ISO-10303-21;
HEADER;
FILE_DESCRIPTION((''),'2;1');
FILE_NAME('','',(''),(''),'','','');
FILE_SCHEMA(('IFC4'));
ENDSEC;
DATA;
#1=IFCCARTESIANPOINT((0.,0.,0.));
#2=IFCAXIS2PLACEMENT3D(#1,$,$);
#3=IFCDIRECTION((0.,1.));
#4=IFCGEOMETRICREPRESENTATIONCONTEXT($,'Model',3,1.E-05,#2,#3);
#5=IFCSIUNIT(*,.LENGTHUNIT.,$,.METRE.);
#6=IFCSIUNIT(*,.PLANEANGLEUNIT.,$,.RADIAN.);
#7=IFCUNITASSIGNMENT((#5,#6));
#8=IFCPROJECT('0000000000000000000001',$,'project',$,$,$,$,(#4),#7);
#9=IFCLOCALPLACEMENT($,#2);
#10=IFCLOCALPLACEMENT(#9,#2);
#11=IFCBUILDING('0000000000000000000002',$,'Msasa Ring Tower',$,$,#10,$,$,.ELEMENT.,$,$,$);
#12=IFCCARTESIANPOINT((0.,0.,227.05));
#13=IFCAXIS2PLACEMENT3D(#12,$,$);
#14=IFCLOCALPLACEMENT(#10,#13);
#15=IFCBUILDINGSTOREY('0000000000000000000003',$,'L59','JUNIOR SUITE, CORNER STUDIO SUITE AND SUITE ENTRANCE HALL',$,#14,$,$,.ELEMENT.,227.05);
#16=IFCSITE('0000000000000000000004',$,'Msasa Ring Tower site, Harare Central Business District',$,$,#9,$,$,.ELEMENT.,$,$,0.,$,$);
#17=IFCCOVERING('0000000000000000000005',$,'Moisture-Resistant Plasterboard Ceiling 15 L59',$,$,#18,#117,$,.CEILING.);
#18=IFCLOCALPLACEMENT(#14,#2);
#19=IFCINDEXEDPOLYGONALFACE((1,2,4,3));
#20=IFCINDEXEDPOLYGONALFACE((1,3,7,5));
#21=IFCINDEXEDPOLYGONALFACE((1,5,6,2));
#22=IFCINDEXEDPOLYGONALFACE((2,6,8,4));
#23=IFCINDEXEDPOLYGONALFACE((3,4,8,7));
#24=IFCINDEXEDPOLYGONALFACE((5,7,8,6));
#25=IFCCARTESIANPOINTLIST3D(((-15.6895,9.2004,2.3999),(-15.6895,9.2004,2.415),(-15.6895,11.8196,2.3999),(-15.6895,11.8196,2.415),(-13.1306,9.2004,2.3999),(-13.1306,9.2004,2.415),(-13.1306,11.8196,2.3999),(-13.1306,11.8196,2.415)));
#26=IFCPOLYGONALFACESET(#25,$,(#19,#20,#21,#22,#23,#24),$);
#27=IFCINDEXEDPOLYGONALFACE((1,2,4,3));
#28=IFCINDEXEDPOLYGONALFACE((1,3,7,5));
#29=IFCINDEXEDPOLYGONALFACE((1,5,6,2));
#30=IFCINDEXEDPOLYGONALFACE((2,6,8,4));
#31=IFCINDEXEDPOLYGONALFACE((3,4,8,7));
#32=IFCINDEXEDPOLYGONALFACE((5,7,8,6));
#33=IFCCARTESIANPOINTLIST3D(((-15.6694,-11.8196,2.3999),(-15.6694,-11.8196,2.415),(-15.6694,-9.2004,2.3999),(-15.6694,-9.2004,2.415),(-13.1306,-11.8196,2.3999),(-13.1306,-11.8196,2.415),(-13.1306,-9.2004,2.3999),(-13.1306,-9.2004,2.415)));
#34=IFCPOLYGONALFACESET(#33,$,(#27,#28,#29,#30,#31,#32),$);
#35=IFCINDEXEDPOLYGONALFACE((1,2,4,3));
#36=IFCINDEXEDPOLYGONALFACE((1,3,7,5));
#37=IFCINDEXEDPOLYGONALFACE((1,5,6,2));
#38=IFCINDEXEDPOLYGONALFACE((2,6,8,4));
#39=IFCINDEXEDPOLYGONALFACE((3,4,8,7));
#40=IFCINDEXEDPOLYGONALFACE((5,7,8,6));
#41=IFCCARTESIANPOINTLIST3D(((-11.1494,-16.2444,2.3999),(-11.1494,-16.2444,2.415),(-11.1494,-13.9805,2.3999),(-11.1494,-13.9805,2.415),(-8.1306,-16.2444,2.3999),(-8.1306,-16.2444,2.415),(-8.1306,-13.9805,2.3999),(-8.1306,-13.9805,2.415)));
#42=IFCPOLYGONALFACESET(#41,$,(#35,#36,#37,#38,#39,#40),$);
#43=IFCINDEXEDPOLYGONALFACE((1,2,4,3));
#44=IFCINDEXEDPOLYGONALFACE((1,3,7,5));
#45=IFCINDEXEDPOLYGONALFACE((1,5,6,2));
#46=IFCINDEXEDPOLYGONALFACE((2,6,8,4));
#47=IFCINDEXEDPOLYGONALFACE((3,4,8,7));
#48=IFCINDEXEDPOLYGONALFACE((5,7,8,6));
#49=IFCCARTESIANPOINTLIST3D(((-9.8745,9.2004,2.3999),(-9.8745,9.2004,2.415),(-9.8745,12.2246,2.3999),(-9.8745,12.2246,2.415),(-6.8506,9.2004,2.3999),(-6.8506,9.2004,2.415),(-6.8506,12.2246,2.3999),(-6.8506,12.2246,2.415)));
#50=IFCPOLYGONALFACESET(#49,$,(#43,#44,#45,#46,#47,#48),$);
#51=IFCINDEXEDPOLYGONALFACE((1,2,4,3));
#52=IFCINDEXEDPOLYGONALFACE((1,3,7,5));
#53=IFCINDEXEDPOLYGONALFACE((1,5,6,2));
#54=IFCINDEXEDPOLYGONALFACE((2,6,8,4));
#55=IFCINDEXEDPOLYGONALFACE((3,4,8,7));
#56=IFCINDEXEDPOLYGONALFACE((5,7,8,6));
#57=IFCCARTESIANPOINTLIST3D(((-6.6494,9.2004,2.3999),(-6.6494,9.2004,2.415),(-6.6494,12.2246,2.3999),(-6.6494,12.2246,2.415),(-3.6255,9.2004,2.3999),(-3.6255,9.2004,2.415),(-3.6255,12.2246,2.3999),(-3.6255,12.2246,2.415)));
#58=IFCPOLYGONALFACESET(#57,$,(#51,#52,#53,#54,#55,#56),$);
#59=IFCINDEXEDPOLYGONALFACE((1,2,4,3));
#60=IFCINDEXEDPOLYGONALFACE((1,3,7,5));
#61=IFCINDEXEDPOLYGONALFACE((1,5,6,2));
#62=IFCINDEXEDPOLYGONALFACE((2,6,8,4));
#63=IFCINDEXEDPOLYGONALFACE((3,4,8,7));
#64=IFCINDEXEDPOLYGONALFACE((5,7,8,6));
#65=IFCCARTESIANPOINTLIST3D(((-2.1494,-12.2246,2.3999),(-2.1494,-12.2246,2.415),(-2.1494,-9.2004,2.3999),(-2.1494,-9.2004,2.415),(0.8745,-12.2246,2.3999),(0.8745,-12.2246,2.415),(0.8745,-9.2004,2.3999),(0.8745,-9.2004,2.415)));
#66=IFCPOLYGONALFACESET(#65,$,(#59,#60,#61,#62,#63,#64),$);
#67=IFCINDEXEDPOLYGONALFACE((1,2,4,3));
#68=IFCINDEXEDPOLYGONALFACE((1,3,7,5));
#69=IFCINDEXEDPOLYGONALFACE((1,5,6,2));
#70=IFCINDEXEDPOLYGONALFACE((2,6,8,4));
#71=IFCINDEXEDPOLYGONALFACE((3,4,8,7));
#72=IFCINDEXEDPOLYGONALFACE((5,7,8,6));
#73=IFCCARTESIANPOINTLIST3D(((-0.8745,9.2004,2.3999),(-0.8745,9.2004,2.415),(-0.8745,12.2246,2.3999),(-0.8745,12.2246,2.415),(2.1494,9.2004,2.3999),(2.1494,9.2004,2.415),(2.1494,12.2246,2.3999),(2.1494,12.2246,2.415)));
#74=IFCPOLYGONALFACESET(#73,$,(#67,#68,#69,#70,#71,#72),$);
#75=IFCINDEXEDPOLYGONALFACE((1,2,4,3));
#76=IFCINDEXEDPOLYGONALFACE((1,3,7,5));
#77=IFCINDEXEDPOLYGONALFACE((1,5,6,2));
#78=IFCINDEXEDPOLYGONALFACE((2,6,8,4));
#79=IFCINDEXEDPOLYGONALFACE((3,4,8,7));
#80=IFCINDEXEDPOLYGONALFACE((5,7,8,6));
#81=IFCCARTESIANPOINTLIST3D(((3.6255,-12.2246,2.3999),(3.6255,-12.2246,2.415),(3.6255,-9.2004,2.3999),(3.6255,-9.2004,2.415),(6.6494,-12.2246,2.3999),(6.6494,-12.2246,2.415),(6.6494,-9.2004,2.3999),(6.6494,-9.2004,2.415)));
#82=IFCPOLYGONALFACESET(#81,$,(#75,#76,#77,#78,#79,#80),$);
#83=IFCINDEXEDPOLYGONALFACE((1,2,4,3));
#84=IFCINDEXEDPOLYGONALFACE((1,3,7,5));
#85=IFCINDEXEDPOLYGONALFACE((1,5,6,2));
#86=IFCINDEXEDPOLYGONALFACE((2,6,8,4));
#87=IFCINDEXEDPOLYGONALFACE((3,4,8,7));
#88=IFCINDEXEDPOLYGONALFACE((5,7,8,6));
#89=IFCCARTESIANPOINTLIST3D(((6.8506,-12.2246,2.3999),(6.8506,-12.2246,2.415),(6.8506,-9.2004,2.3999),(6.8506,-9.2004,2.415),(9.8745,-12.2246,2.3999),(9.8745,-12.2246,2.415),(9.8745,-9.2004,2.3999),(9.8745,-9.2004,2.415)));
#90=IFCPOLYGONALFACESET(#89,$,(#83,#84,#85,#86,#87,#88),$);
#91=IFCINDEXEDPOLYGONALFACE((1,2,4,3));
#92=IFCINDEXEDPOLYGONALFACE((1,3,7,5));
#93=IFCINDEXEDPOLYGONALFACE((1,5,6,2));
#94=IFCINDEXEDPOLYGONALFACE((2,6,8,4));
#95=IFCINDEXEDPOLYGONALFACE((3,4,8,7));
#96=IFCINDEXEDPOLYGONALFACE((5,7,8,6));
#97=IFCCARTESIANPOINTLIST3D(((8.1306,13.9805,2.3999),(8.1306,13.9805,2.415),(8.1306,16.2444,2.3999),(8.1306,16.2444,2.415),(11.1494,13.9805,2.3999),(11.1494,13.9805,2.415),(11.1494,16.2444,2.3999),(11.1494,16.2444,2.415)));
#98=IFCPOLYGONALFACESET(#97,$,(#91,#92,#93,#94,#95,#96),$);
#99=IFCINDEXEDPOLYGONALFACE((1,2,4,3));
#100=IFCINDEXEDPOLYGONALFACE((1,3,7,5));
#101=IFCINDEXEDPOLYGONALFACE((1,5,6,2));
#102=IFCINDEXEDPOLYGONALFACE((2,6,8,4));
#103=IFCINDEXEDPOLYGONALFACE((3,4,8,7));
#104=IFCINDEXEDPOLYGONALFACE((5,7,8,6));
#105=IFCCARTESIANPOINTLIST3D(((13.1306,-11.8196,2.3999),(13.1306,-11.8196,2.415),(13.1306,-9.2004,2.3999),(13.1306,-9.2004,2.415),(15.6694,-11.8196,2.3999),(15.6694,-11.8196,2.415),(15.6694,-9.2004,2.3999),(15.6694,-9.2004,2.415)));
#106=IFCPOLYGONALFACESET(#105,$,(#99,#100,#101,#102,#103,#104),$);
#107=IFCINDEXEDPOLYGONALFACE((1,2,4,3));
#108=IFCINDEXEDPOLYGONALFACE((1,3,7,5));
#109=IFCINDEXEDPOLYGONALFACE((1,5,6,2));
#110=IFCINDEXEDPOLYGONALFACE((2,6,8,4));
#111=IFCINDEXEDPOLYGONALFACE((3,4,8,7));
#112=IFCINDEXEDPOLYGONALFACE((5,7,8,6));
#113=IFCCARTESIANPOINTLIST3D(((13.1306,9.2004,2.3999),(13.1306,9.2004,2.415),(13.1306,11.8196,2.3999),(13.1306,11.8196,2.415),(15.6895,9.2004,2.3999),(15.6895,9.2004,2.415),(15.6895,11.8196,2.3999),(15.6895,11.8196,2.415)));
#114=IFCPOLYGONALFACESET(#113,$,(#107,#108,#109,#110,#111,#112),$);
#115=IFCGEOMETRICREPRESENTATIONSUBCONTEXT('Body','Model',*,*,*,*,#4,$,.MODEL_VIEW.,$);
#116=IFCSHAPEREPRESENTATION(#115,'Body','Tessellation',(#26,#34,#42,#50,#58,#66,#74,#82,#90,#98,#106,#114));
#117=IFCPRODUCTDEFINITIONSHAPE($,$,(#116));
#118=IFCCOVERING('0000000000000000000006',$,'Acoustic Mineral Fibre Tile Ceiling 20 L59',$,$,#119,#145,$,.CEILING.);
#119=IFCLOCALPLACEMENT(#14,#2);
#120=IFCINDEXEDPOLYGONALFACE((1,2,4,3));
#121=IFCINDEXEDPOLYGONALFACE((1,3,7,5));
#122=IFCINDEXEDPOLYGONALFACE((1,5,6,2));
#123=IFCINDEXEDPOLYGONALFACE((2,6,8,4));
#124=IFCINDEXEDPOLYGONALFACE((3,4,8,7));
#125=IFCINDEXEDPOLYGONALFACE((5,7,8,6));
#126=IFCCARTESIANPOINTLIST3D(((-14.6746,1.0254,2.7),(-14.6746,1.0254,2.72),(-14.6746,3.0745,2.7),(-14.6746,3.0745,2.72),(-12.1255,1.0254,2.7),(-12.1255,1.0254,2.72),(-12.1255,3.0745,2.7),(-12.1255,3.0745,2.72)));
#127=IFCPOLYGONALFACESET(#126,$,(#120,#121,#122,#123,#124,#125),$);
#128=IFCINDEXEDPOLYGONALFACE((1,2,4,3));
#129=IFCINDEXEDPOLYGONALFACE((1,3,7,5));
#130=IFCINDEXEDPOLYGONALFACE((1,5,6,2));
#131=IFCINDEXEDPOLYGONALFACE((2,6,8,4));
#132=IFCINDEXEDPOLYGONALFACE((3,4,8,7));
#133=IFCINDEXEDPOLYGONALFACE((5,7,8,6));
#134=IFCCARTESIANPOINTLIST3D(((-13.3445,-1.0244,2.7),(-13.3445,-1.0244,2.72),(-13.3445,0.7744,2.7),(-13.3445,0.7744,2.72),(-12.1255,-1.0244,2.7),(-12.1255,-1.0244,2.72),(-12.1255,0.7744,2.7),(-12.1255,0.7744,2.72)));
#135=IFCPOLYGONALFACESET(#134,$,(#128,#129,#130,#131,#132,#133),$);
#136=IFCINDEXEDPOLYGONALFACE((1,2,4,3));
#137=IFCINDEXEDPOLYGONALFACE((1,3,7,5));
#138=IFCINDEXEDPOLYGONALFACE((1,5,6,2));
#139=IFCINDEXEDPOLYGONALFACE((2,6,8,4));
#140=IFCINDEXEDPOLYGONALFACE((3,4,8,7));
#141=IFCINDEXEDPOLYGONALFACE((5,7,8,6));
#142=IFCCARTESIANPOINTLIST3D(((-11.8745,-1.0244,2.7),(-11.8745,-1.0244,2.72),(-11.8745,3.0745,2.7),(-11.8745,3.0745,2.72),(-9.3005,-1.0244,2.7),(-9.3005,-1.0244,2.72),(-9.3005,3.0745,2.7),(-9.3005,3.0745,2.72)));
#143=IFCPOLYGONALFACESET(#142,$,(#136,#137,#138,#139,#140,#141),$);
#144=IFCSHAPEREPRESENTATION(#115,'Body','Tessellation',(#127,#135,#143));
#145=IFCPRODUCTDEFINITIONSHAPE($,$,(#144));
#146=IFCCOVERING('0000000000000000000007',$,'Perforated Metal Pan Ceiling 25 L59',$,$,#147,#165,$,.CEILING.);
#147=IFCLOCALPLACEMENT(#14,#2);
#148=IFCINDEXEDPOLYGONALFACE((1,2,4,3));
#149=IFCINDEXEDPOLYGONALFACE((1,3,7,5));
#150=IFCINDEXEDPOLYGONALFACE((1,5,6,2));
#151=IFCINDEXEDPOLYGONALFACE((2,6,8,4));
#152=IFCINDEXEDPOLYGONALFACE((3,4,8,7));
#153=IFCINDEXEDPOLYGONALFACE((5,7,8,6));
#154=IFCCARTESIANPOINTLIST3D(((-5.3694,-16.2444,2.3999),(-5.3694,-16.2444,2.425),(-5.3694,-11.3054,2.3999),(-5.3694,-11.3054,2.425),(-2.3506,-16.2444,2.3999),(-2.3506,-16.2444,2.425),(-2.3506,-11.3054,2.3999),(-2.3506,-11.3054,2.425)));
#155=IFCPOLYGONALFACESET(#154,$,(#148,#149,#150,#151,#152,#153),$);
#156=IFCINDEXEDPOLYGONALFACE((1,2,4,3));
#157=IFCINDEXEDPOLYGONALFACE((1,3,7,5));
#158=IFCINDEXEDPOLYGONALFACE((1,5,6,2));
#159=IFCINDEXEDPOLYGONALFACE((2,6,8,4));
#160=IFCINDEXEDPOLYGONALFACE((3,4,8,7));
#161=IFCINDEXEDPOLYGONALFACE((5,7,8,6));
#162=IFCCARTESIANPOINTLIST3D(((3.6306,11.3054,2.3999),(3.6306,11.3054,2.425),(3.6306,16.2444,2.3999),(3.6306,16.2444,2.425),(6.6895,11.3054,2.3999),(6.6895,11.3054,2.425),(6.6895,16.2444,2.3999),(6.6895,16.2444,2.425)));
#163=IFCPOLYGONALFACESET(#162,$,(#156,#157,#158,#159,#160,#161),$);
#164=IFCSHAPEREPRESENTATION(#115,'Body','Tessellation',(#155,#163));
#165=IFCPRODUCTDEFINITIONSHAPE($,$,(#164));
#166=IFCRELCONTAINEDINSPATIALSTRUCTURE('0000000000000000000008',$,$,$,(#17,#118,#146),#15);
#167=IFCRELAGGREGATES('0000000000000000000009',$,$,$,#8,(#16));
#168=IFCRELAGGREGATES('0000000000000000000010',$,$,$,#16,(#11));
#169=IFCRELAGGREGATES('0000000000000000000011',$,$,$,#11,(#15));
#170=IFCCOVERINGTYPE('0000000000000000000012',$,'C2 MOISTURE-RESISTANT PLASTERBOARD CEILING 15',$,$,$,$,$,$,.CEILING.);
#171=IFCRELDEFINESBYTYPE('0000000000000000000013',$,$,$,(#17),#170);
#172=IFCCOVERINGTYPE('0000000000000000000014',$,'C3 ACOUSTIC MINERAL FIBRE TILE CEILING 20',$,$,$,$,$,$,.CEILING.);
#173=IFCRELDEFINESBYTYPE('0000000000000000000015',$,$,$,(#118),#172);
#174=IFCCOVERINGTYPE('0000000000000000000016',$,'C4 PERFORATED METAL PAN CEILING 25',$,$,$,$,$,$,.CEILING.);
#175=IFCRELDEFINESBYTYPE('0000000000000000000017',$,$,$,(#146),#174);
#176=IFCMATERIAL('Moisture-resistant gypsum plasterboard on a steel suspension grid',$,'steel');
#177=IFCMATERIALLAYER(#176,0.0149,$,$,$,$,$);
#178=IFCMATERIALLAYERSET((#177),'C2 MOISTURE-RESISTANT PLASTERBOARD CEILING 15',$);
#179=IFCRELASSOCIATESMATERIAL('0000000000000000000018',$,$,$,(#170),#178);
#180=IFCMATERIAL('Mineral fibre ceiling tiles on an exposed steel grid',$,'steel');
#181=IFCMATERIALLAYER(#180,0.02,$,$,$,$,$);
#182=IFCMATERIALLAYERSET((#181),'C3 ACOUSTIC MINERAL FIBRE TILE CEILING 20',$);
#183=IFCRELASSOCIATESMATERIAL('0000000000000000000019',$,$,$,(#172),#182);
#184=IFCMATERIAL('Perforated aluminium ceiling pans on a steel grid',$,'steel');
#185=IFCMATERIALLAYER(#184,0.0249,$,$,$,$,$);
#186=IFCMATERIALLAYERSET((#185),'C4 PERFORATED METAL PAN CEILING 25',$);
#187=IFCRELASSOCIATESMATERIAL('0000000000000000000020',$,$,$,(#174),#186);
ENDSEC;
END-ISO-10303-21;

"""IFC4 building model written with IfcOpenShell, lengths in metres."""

from ifc_helpers import new_model, si_unit, direction, frame, origin, place, context, subcontext, project, spatial, line, indexed_curve, outline, extrude, material, layer, layer_set, type_object, element, save


model = new_model("IFC4")

# Units and contexts
model_context = context("Model", 3, precision=1e-05, world=origin(), true_north=direction((0.0, 1.0)))
body_context = subcontext(model_context, "Body", "Model", "MODEL_VIEW")
ifc_project = project(units=[si_unit("LENGTHUNIT", "METRE"), si_unit("PLANEANGLEUNIT", "RADIAN")], contexts=[model_context])

# Site, building, storey
site_placement = place(None, origin())
site = spatial("IfcSite", under=ifc_project, at=site_placement, Name="Msasa Ring Tower site, Harare Central Business District", CompositionType="ELEMENT", RefElevation=0.0)
building_placement = place(site_placement, origin())
building = spatial("IfcBuilding", under=site, at=building_placement, Name="Msasa Ring Tower", CompositionType="ELEMENT")
storey_placement = place(building_placement, frame((0.0, 0.0, 227.05)))
storey = spatial("IfcBuildingStorey", under=building, at=storey_placement, Name="L59", Description="JUNIOR SUITE, CORNER STUDIO SUITE AND SUITE ENTRANCE HALL", CompositionType="ELEMENT", Elevation=227.05)

# Coverings
ifc_material_1 = material(Name="Moisture-resistant gypsum plasterboard on a steel suspension grid", Category="steel")
ifc_layer_1 = layer(ifc_material_1, 0.0149)
ifc_layer_set_1 = layer_set([ifc_layer_1], Name="C2 MOISTURE-RESISTANT PLASTERBOARD CEILING 15")
covering_type_1 = type_object("IfcCoveringType", Name="C2 MOISTURE-RESISTANT PLASTERBOARD CEILING 15", PredefinedType="CEILING", material=ifc_layer_set_1)
covering_1_placement = place(storey_placement, frame((0.0, 0.0, 2.3999)))
element("IfcCovering", 1, at=covering_1_placement, inside=storey, type_object=covering_type_1, Name="Moisture-Resistant Plasterboard Ceiling 15 L59", PredefinedType="CEILING", context=body_context, shape_type="SweptSolid", body=[
    extrude(outline(indexed_curve([(-15.6895, 9.2004), (-15.6895, 11.8196), (-13.1306, 11.8196), (-13.1306, 9.2004)], segments=[line(1, 2, 3, 4, 1)], self_intersect=False)), origin(), (0.0, 0.0, 1.0), 0.0151),
    extrude(outline(indexed_curve([(-15.6694, -9.2004), (-13.1306, -9.2004), (-13.1306, -11.8196), (-15.6694, -11.8196)], segments=[line(1, 2, 3, 4, 1)], self_intersect=False)), origin(), (0.0, 0.0, 1.0), 0.0151),
    extrude(outline(indexed_curve([(-11.1494, -16.2444), (-11.1494, -13.9805), (-8.1306, -13.9805), (-8.1306, -16.2444)], segments=[line(1, 2, 3, 4, 1)], self_intersect=False)), origin(), (0.0, 0.0, 1.0), 0.0151),
    extrude(outline(indexed_curve([(-9.8745, 9.2004), (-9.8745, 12.2246), (-6.8506, 12.2246), (-6.8506, 9.2004)], segments=[line(1, 2, 3, 4, 1)], self_intersect=False)), origin(), (0.0, 0.0, 1.0), 0.0151),
    extrude(outline(indexed_curve([(-6.6494, 9.2004), (-6.6494, 12.2246), (-3.6255, 12.2246), (-3.6255, 9.2004)], segments=[line(1, 2, 3, 4, 1)], self_intersect=False)), origin(), (0.0, 0.0, 1.0), 0.0151),
    extrude(outline(indexed_curve([(-2.1494, -9.2004), (0.8745, -9.2004), (0.8745, -12.2246), (-2.1494, -12.2246)], segments=[line(1, 2, 3, 4, 1)], self_intersect=False)), origin(), (0.0, 0.0, 1.0), 0.0151),
    extrude(outline(indexed_curve([(2.1494, 9.2004), (-0.8745, 9.2004), (-0.8745, 12.2246), (2.1494, 12.2246)], segments=[line(1, 2, 3, 4, 1)], self_intersect=False)), origin(), (0.0, 0.0, 1.0), 0.0151),
    extrude(outline(indexed_curve([(6.6494, -9.2004), (6.6494, -12.2246), (3.6255, -12.2246), (3.6255, -9.2004)], segments=[line(1, 2, 3, 4, 1)], self_intersect=False)), origin(), (0.0, 0.0, 1.0), 0.0151),
    extrude(outline(indexed_curve([(9.8745, -9.2004), (9.8745, -12.2246), (6.8506, -12.2246), (6.8506, -9.2004)], segments=[line(1, 2, 3, 4, 1)], self_intersect=False)), origin(), (0.0, 0.0, 1.0), 0.0151),
    extrude(outline(indexed_curve([(8.1306, 16.2444), (11.1494, 16.2444), (11.1494, 13.9805), (8.1306, 13.9805)], segments=[line(1, 2, 3, 4, 1)], self_intersect=False)), origin(), (0.0, 0.0, 1.0), 0.0151),
    extrude(outline(indexed_curve([(13.1306, -9.2004), (15.6694, -9.2004), (15.6694, -11.8196), (13.1306, -11.8196)], segments=[line(1, 2, 3, 4, 1)], self_intersect=False)), origin(), (0.0, 0.0, 1.0), 0.0151),
    extrude(outline(indexed_curve([(13.1306, 9.2004), (13.1306, 11.8196), (15.6895, 11.8196), (15.6895, 9.2004)], segments=[line(1, 2, 3, 4, 1)], self_intersect=False)), origin(), (0.0, 0.0, 1.0), 0.0151),
])
ifc_material_2 = material(Name="Mineral fibre ceiling tiles on an exposed steel grid", Category="steel")
ifc_layer_2 = layer(ifc_material_2, 0.02)
ifc_layer_set_2 = layer_set([ifc_layer_2], Name="C3 ACOUSTIC MINERAL FIBRE TILE CEILING 20")
covering_type_2 = type_object("IfcCoveringType", Name="C3 ACOUSTIC MINERAL FIBRE TILE CEILING 20", PredefinedType="CEILING", material=ifc_layer_set_2)
covering_2_placement = place(storey_placement, frame((0.0, 0.0, 2.7)))
element("IfcCovering", 2, at=covering_2_placement, inside=storey, type_object=covering_type_2, Name="Acoustic Mineral Fibre Tile Ceiling 20 L59", PredefinedType="CEILING", context=body_context, shape_type="SweptSolid", body=[
    extrude(outline(indexed_curve([(-12.1255, 1.0254), (-14.6746, 1.0254), (-14.6746, 3.0745), (-12.1255, 3.0745)], segments=[line(1, 2, 3, 4, 1)], self_intersect=False)), origin(), (0.0, 0.0, 1.0), 0.02),
    extrude(outline(indexed_curve([(-12.1255, -1.0244), (-13.3445, -1.0244), (-13.3445, 0.7744), (-12.1255, 0.7744)], segments=[line(1, 2, 3, 4, 1)], self_intersect=False)), origin(), (0.0, 0.0, 1.0), 0.02),
    extrude(outline(indexed_curve([(-9.3005, -1.0244), (-11.8745, -1.0244), (-11.8745, 3.0745), (-9.3005, 3.0745)], segments=[line(1, 2, 3, 4, 1)], self_intersect=False)), origin(), (0.0, 0.0, 1.0), 0.02),
])
ifc_material_3 = material(Name="Perforated aluminium ceiling pans on a steel grid", Category="steel")
ifc_layer_3 = layer(ifc_material_3, 0.0249)
ifc_layer_set_3 = layer_set([ifc_layer_3], Name="C4 PERFORATED METAL PAN CEILING 25")
covering_type_3 = type_object("IfcCoveringType", Name="C4 PERFORATED METAL PAN CEILING 25", PredefinedType="CEILING", material=ifc_layer_set_3)
covering_3_placement = place(storey_placement, frame((0.0, 0.0, 2.3999)))
element("IfcCovering", 3, at=covering_3_placement, inside=storey, type_object=covering_type_3, Name="Perforated Metal Pan Ceiling 25 L59", PredefinedType="CEILING", context=body_context, shape_type="SweptSolid", body=[
    extrude(outline(indexed_curve([(-2.3506, -11.3054), (-2.3506, -16.2444), (-5.3694, -16.2444), (-5.3694, -11.3054)], segments=[line(1, 2, 3, 4, 1)], self_intersect=False)), origin(), (0.0, 0.0, 1.0), 0.0251),
    extrude(outline(indexed_curve([(6.6895, 16.2444), (6.6895, 11.3054), (3.6306, 11.3054), (3.6306, 16.2444)], segments=[line(1, 2, 3, 4, 1)], self_intersect=False)), origin(), (0.0, 0.0, 1.0), 0.0251),
])

save(model, "model.ifc")
